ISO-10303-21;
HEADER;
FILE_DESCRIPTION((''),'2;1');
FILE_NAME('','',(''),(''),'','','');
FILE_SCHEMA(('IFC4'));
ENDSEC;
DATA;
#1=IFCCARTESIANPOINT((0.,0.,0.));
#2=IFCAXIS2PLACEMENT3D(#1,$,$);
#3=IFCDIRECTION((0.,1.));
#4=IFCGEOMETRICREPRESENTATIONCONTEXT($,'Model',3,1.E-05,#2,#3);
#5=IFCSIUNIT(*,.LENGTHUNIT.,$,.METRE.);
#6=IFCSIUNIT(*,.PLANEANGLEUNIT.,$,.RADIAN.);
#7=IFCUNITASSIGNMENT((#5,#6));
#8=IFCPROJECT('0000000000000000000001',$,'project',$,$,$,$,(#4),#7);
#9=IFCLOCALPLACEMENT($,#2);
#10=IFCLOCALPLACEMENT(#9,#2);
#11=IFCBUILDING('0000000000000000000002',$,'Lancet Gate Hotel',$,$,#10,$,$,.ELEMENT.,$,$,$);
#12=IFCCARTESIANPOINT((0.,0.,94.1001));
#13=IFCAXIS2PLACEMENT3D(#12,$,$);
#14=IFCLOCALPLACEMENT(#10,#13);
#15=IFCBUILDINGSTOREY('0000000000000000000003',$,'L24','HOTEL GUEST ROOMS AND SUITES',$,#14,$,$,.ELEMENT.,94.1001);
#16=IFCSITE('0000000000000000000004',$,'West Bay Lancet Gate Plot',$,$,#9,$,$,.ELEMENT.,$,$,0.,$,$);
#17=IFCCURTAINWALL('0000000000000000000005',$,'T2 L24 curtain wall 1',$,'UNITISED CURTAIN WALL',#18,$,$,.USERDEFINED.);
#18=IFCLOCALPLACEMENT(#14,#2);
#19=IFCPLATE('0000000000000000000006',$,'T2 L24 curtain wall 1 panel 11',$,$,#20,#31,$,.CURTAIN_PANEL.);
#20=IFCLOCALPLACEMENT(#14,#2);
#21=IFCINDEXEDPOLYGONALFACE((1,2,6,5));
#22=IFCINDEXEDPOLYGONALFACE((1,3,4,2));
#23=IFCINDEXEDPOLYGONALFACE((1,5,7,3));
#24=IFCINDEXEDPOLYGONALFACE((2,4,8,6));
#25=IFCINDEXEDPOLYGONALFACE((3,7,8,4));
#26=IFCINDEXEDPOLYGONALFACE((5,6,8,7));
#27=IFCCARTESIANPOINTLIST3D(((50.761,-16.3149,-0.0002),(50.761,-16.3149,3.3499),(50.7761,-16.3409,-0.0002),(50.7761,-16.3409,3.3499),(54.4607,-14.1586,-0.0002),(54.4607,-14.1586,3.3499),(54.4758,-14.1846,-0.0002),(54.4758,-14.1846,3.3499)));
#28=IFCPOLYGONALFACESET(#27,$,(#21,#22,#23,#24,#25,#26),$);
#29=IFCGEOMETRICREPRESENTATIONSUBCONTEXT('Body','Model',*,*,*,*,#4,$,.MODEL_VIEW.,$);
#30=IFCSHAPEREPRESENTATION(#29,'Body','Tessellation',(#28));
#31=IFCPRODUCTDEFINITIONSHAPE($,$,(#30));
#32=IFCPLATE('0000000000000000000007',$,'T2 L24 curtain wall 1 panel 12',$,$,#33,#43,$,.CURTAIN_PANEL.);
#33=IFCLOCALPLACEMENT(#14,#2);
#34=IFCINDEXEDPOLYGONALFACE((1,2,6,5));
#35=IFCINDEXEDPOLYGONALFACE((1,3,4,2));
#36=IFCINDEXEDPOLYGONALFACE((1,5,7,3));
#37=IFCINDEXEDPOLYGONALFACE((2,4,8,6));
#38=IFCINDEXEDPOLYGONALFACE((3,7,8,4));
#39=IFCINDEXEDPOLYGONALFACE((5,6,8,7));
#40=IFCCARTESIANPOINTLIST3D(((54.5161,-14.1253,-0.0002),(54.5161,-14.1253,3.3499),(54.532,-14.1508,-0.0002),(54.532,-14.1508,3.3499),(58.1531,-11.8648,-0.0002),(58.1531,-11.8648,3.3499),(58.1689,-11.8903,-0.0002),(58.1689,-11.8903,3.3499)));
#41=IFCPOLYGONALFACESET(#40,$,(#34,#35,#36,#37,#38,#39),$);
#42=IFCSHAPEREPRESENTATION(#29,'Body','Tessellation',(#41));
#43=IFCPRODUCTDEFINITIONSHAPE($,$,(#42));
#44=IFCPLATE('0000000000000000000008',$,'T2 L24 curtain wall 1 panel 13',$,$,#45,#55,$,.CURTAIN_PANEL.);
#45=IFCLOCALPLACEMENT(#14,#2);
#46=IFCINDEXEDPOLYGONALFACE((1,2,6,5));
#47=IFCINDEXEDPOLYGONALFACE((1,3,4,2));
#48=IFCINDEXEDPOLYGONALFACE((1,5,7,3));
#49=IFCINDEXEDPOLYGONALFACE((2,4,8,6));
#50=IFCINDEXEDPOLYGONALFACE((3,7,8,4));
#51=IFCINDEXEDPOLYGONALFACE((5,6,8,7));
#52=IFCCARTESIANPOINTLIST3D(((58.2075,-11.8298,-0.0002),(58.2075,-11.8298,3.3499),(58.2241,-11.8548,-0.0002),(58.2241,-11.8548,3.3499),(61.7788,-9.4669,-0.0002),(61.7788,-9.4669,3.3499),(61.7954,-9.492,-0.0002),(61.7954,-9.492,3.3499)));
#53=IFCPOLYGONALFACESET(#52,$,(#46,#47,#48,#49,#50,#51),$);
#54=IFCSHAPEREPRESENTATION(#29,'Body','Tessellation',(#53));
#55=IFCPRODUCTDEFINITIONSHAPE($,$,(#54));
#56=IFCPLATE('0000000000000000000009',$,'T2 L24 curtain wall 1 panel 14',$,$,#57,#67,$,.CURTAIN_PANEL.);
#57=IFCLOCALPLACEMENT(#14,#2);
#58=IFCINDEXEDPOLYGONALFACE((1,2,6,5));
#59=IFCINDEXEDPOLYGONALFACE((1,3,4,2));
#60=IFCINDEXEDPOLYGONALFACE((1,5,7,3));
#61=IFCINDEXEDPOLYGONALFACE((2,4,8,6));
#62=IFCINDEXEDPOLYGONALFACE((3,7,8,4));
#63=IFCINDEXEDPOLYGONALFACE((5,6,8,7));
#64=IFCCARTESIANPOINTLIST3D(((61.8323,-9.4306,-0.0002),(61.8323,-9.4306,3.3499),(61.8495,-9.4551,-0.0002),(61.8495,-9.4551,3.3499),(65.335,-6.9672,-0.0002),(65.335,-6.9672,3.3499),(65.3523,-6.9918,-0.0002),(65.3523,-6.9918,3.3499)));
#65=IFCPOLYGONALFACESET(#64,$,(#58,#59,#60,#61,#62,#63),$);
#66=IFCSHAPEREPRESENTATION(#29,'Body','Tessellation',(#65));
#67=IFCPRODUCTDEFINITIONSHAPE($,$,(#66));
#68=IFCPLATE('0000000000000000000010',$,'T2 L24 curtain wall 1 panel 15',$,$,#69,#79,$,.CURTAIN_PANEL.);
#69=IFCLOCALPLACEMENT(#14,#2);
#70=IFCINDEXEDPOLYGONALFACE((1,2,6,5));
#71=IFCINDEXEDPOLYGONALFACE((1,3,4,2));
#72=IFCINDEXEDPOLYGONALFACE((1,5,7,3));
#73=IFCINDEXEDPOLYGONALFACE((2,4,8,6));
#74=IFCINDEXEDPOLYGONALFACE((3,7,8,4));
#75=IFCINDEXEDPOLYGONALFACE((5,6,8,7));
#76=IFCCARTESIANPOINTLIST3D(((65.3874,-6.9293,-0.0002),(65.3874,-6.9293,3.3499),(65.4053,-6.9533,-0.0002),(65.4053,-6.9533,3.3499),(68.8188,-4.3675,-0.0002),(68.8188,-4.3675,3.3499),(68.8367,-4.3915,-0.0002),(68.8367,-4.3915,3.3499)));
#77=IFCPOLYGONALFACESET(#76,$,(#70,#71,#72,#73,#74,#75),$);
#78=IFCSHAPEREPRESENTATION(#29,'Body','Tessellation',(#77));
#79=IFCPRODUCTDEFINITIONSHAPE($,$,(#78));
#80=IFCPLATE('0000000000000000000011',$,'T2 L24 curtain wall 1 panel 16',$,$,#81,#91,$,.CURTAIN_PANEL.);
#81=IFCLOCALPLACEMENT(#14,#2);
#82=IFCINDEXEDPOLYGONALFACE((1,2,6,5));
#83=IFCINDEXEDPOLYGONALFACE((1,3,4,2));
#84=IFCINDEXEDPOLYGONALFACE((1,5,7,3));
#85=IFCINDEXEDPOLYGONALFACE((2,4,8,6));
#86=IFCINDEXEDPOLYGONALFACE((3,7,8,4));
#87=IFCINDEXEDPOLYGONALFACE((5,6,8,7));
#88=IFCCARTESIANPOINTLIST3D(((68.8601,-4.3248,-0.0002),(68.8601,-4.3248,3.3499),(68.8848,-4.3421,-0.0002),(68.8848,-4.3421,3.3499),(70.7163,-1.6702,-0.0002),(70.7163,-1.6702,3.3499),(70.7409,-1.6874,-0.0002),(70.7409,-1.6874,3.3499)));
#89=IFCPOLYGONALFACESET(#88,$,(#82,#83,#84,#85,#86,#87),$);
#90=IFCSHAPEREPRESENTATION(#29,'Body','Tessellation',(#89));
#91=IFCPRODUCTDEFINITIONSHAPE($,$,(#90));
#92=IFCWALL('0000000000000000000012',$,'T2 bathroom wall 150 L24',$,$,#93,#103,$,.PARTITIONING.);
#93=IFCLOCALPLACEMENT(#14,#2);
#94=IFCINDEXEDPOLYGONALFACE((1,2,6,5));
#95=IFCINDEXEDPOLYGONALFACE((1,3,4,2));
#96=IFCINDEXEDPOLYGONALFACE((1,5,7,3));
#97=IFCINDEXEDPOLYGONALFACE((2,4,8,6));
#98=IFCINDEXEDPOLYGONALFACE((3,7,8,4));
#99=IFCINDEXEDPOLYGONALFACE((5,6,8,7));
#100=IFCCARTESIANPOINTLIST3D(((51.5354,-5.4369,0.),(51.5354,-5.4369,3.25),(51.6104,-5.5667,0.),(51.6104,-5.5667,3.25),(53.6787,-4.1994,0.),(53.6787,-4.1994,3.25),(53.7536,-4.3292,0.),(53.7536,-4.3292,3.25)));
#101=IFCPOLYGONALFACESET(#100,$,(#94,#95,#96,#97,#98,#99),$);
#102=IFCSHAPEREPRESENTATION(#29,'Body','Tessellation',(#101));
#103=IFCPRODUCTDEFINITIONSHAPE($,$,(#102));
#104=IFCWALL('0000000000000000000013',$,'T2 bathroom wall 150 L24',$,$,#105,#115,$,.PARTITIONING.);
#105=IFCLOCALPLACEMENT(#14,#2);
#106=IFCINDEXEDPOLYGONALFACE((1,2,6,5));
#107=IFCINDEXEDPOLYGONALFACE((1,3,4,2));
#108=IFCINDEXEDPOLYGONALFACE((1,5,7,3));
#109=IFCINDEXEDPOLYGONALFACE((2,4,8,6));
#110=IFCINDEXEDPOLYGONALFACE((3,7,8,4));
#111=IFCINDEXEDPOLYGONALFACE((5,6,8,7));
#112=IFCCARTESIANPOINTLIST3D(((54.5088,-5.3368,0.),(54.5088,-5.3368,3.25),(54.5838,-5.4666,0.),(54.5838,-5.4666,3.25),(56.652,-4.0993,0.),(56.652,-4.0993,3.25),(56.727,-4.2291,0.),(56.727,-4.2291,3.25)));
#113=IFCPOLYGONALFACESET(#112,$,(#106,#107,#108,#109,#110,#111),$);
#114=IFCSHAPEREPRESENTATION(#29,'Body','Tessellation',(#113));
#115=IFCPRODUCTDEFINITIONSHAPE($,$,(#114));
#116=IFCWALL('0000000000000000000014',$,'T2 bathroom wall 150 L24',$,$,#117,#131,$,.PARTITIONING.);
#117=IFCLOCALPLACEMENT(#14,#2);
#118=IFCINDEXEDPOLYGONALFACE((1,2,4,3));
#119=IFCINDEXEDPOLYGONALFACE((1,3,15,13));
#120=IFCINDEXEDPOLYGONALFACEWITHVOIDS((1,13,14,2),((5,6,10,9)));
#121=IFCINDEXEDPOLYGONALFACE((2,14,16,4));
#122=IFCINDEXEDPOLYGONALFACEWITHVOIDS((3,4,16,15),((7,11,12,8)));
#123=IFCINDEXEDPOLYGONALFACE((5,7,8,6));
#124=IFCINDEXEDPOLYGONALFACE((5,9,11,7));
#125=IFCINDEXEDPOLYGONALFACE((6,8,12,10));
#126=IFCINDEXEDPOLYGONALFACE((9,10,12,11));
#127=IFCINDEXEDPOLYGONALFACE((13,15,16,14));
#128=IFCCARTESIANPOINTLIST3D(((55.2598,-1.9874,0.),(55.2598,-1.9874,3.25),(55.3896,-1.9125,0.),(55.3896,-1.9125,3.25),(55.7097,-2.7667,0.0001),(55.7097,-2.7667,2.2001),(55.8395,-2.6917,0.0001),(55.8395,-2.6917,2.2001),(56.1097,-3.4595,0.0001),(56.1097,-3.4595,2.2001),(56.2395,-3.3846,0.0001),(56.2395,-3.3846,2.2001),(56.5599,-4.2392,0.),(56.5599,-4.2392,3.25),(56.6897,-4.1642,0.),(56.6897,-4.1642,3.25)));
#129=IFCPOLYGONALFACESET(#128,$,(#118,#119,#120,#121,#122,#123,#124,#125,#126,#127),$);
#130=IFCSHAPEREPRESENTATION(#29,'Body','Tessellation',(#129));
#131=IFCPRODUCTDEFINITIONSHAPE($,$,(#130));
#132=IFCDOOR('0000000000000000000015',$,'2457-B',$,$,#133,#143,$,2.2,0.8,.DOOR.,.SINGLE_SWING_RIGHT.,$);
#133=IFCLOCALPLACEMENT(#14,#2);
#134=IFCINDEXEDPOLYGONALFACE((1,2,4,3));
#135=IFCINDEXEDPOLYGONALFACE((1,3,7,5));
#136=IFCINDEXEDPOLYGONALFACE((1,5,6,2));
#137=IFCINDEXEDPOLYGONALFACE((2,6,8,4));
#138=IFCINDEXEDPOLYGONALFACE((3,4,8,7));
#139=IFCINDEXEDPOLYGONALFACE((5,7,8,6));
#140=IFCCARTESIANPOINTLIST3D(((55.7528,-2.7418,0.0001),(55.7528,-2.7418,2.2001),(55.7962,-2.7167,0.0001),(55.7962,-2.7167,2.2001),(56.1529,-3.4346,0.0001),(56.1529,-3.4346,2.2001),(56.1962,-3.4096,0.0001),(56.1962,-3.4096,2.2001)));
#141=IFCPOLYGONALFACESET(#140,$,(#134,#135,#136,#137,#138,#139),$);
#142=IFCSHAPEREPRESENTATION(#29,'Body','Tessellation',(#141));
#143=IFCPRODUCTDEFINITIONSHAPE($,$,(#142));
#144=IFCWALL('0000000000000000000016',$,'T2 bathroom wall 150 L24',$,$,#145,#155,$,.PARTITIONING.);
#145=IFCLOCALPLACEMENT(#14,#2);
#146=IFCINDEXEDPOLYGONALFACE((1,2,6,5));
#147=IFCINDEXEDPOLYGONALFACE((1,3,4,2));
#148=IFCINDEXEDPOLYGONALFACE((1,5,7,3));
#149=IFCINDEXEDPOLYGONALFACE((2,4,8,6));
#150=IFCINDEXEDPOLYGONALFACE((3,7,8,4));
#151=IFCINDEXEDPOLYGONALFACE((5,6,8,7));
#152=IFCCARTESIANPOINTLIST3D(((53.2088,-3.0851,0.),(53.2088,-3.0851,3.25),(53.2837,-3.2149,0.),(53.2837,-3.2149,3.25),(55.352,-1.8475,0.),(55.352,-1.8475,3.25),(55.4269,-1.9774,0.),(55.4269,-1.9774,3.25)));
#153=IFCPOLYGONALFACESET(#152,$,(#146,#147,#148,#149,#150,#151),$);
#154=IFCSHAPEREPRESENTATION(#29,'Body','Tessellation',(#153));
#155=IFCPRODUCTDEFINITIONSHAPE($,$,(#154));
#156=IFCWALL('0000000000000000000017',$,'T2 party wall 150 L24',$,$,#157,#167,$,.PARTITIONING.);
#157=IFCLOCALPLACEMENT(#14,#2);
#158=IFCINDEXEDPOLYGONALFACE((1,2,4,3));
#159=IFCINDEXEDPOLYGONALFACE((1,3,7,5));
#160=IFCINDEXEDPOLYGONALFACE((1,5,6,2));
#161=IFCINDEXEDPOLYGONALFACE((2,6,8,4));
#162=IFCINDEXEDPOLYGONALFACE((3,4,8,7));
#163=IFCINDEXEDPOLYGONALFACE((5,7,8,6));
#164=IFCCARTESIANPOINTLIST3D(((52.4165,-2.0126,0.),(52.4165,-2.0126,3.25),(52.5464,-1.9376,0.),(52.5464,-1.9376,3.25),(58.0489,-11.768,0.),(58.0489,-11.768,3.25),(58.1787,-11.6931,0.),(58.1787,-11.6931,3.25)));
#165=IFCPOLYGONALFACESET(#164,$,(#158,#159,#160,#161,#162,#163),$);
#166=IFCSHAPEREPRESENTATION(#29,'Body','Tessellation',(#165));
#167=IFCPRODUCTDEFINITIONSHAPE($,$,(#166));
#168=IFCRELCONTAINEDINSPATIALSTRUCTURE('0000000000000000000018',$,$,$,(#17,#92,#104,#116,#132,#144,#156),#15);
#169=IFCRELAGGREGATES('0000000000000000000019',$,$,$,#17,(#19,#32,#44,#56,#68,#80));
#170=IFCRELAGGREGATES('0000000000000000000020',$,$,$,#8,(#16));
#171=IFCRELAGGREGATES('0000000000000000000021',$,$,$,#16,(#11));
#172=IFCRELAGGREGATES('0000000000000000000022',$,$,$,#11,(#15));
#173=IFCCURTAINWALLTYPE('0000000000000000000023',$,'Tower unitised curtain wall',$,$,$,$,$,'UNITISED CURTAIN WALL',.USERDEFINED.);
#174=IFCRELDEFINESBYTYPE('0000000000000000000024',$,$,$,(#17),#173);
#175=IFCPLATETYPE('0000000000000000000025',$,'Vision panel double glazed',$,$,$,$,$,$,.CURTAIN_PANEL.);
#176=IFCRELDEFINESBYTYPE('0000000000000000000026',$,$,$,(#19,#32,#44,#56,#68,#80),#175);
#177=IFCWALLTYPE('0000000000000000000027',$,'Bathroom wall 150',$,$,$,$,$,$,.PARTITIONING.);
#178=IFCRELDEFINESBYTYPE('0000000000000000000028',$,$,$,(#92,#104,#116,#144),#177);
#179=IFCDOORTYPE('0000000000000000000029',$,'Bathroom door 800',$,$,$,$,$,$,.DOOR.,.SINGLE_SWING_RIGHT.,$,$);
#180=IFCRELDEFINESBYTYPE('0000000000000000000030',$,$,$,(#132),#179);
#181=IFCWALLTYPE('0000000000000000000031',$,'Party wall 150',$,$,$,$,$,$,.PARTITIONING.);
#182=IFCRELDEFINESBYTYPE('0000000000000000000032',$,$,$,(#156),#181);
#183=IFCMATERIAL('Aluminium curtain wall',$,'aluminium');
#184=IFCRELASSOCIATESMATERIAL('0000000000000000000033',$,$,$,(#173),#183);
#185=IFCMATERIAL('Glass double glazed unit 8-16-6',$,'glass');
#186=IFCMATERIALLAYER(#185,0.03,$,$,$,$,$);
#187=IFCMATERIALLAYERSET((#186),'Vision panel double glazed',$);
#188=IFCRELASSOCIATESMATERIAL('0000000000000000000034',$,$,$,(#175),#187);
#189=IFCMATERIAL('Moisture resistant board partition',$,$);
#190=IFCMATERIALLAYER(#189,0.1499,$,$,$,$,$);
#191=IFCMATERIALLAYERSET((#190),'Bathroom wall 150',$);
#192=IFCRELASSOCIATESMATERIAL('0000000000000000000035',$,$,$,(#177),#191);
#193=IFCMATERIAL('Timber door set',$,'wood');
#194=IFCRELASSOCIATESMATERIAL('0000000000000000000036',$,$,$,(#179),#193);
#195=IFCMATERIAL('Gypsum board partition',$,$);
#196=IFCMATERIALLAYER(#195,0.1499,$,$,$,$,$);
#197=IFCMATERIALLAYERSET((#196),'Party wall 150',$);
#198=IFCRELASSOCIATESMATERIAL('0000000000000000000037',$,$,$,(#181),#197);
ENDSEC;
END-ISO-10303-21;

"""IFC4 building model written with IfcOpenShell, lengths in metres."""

from ifc_helpers import new_model, si_unit, direction, frame, frame_2d, origin, origin_2d, place, context, subcontext, project, spatial, rectangle, extrude, material, layer, layer_set, type_object, element, fill, aggregate, save


model = new_model("IFC4")

# Units and contexts
model_context = context("Model", 3, precision=1e-05, world=origin(), true_north=direction((0.0, 1.0)))
body_context = subcontext(model_context, "Body", "Model", "MODEL_VIEW")
ifc_project = project(units=[si_unit("LENGTHUNIT", "METRE"), si_unit("PLANEANGLEUNIT", "RADIAN")], contexts=[model_context])

# Site, building, storey
site_placement = place(None, origin())
site = spatial("IfcSite", under=ifc_project, at=site_placement, Name="West Bay Lancet Gate Plot", CompositionType="ELEMENT", RefElevation=0.0)
building_placement = place(site_placement, origin())
building = spatial("IfcBuilding", under=site, at=building_placement, Name="Lancet Gate Hotel", CompositionType="ELEMENT")
storey_placement = place(building_placement, frame((0.0, 0.0, 94.1001)))
storey = spatial("IfcBuildingStorey", under=building, at=storey_placement, Name="L24", Description="HOTEL GUEST ROOMS AND SUITES", CompositionType="ELEMENT", Elevation=94.1001)

# Curtain wall
ifc_material_1 = material(Name="Aluminium curtain wall", Category="aluminium")
curtain_wall_type = type_object("IfcCurtainWallType", Name="Tower unitised curtain wall", ElementType="UNITISED CURTAIN WALL", PredefinedType="USERDEFINED", material=ifc_material_1)
curtain_wall_placement = place(storey_placement, origin())
curtain_wall = element("IfcCurtainWall", 1, at=curtain_wall_placement, inside=storey, type_object=curtain_wall_type, Name="T2 L24 curtain wall 1", ObjectType="UNITISED CURTAIN WALL", PredefinedType="USERDEFINED")

# Plates
ifc_material_2 = material(Name="Glass double glazed unit 8-16-6", Category="glass")
ifc_layer_1 = layer(ifc_material_2, 0.03)
ifc_layer_set_1 = layer_set([ifc_layer_1], Name="Vision panel double glazed")
plate_type = type_object("IfcPlateType", Name="Vision panel double glazed", PredefinedType="CURTAIN_PANEL", material=ifc_layer_set_1)
plate_1_placement = place(storey_placement, frame((52.6184, -15.2498, -0.0002), z_axis=(0.0, 0.0, 1.0), x_axis=(0.863966, 0.503551, 0.0)))
plate_1 = element("IfcPlate", 2, at=plate_1_placement, type_object=plate_type, Name="T2 L24 curtain wall 1 panel 11", PredefinedType="CURTAIN_PANEL", context=body_context, shape_type="SweptSolid", body=[
    extrude(rectangle(XDim=4.2822, YDim=0.03, at=origin_2d()), origin(), (0.0, 0.0, 1.0), 3.3501),
])
plate_2_placement = place(storey_placement, frame((56.3425, -13.0078, -0.0002), z_axis=(0.0, 0.0, 1.0), x_axis=(0.849318, 0.527882, 0.0)))
plate_2 = element("IfcPlate", 3, at=plate_2_placement, type_object=plate_type, Name="T2 L24 curtain wall 1 panel 12", PredefinedType="CURTAIN_PANEL", context=body_context, shape_type="SweptSolid", body=[
    extrude(rectangle(XDim=4.2822, YDim=0.03, at=origin_2d()), origin(), (0.0, 0.0, 1.0), 3.3501),
])
plate_3_placement = place(storey_placement, frame((60.0015, -10.6609, -0.0002), z_axis=(0.0, 0.0, 1.0), x_axis=(0.833985, 0.551787, 0.0)))
plate_3 = element("IfcPlate", 4, at=plate_3_placement, type_object=plate_type, Name="T2 L24 curtain wall 1 panel 13", PredefinedType="CURTAIN_PANEL", context=body_context, shape_type="SweptSolid", body=[
    extrude(rectangle(XDim=4.2822, YDim=0.03, at=origin_2d()), origin(), (0.0, 0.0, 1.0), 3.3501),
])
plate_4_placement = place(storey_placement, frame((63.5923, -8.2112, -0.0002), z_axis=(0.0, 0.0, 1.0), x_axis=(0.817979, 0.575247, 0.0)))
plate_4 = element("IfcPlate", 5, at=plate_4_placement, type_object=plate_type, Name="T2 L24 curtain wall 1 panel 14", PredefinedType="CURTAIN_PANEL", context=body_context, shape_type="SweptSolid", body=[
    extrude(rectangle(XDim=4.2822, YDim=0.03, at=origin_2d()), origin(), (0.0, 0.0, 1.0), 3.3501),
])
plate_5_placement = place(storey_placement, frame((67.1121, -5.6604, -0.0002), z_axis=(0.0, 0.0, 1.0), x_axis=(0.801314, 0.598244, 0.0)))
plate_5 = element("IfcPlate", 6, at=plate_5_placement, type_object=plate_type, Name="T2 L24 curtain wall 1 panel 15", PredefinedType="CURTAIN_PANEL", context=body_context, shape_type="SweptSolid", body=[
    extrude(rectangle(XDim=4.2822, YDim=0.03, at=origin_2d()), origin(), (0.0, 0.0, 1.0), 3.3501),
])
plate_6_placement = place(storey_placement, frame((69.8005, -3.0061, -0.0002), z_axis=(0.0, 0.0, 1.0), x_axis=(0.573025, 0.819538, 0.0)))
plate_6 = element("IfcPlate", 7, at=plate_6_placement, type_object=plate_type, Name="T2 L24 curtain wall 1 panel 16", PredefinedType="CURTAIN_PANEL", context=body_context, shape_type="SweptSolid", body=[
    extrude(rectangle(XDim=3.2393, YDim=0.03, at=origin_2d()), origin(), (0.0, 0.0, 1.0), 3.3501),
])
aggregate(curtain_wall, [plate_1, plate_2, plate_3, plate_4, plate_5, plate_6])

# Walls
ifc_material_3 = material(Name="Moisture resistant board partition")
ifc_layer_2 = layer(ifc_material_3, 0.1499)
ifc_layer_set_2 = layer_set([ifc_layer_2], Name="Bathroom wall 150")
wall_type_1 = type_object("IfcWallType", Name="Bathroom wall 150", PredefinedType="PARTITIONING", material=ifc_layer_set_2)
for number, where, z_axis, x_axis, name in (
    (8, (51.573, -5.5017, 0.0), (0.0, 0.0, 1.0), (0.866007, 0.500033, 0.0), "T2 bathroom wall 150 L24"),
    (9, (54.5464, -5.4016, 0.0), (0.0, 0.0, 1.0), (0.866007, 0.500033, 0.0), "T2 bathroom wall 150 L24"),
):
    element("IfcWall", number, at=place(storey_placement, frame(where, z_axis=z_axis, x_axis=x_axis)), inside=storey, type_object=wall_type_1, Name=name, PredefinedType="PARTITIONING", context=body_context, shape_type="SweptSolid", body=[
        extrude(rectangle(XDim=2.4749, YDim=0.1499, at=frame_2d((1.2373, 0.0))), origin(), (0.0, 0.0, 1.0), 3.25),
    ])

# Wall, opening, door
wall_1_placement = place(storey_placement, frame((55.3247, -1.95, 0.0), z_axis=(0.0, 0.0, 1.0), x_axis=(0.500007, -0.866021, 0.0)))
wall_1 = element("IfcWall", 10, at=wall_1_placement, inside=storey, type_object=wall_type_1, Name="T2 bathroom wall 150 L24", PredefinedType="PARTITIONING", context=body_context, shape_type="SweptSolid", body=[
    extrude(rectangle(XDim=2.6001, YDim=0.1499, at=frame_2d((1.3, 0.0))), origin(), (0.0, 0.0, 1.0), 3.25),
])
opening_placement = place(wall_1_placement, frame((0.8999, 0.0, 0.0)))
opening = element("IfcOpeningElement", 11, at=opening_placement, cuts=wall_1, PredefinedType="OPENING", context=body_context, shape_type="SweptSolid", body=[
    extrude(rectangle(XDim=0.8, YDim=2.2, at=frame_2d((0.3999, 1.1001))), frame((0.0, 0.085, 0.0), z_axis=(0.0, -1.0, 0.0), x_axis=(1.0, 0.0, 0.0)), (0.0, 0.0, 1.0), 0.1699),
])
ifc_material_4 = material(Name="Timber door set", Category="wood")
door_type = type_object("IfcDoorType", Name="Bathroom door 800", OperationType="SINGLE_SWING_RIGHT", PredefinedType="DOOR", material=ifc_material_4)
door_placement = place(opening_placement, origin())
door = element("IfcDoor", 12, at=door_placement, inside=storey, type_object=door_type, Name="2457-B", OperationType="SINGLE_SWING_RIGHT", OverallHeight=2.2, OverallWidth=0.8, PredefinedType="DOOR", context=body_context, shape_type="SweptSolid", body=[
    extrude(rectangle(XDim=0.8, YDim=2.2, at=frame_2d((0.3999, 1.1001))), frame((0.0, 0.0249, 0.0), z_axis=(0.0, -1.0, 0.0), x_axis=(1.0, 0.0, 0.0)), (0.0, 0.0, 1.0), 0.05),
])
fill(opening, door)

# Walls
wall_2_placement = place(storey_placement, frame((53.2463, -3.1499, 0.0), z_axis=(0.0, 0.0, 1.0), x_axis=(0.866007, 0.500033, 0.0)))
element("IfcWall", 13, at=wall_2_placement, inside=storey, type_object=wall_type_1, Name="T2 bathroom wall 150 L24", PredefinedType="PARTITIONING", context=body_context, shape_type="SweptSolid", body=[
    extrude(rectangle(XDim=2.4749, YDim=0.1499, at=frame_2d((1.2373, 0.0))), origin(), (0.0, 0.0, 1.0), 3.25),
])
ifc_material_5 = material(Name="Gypsum board partition")
ifc_layer_3 = layer(ifc_material_5, 0.1499)
ifc_layer_set_3 = layer_set([ifc_layer_3], Name="Party wall 150")
wall_type_2 = type_object("IfcWallType", Name="Party wall 150", PredefinedType="PARTITIONING", material=ifc_layer_set_3)
wall_3_placement = place(storey_placement, frame((52.4814, -1.9751, 0.0), z_axis=(0.0, 0.0, 1.0), x_axis=(0.500004, -0.866023, 0.0)))
element("IfcWall", 14, at=wall_3_placement, inside=storey, type_object=wall_type_2, Name="T2 party wall 150 L24", PredefinedType="PARTITIONING", context=body_context, shape_type="SweptSolid", body=[
    extrude(rectangle(XDim=11.2646, YDim=0.1499, at=frame_2d((5.6323, 0.0))), origin(), (0.0, 0.0, 1.0), 3.25),
])

save(model, "model.ifc")
